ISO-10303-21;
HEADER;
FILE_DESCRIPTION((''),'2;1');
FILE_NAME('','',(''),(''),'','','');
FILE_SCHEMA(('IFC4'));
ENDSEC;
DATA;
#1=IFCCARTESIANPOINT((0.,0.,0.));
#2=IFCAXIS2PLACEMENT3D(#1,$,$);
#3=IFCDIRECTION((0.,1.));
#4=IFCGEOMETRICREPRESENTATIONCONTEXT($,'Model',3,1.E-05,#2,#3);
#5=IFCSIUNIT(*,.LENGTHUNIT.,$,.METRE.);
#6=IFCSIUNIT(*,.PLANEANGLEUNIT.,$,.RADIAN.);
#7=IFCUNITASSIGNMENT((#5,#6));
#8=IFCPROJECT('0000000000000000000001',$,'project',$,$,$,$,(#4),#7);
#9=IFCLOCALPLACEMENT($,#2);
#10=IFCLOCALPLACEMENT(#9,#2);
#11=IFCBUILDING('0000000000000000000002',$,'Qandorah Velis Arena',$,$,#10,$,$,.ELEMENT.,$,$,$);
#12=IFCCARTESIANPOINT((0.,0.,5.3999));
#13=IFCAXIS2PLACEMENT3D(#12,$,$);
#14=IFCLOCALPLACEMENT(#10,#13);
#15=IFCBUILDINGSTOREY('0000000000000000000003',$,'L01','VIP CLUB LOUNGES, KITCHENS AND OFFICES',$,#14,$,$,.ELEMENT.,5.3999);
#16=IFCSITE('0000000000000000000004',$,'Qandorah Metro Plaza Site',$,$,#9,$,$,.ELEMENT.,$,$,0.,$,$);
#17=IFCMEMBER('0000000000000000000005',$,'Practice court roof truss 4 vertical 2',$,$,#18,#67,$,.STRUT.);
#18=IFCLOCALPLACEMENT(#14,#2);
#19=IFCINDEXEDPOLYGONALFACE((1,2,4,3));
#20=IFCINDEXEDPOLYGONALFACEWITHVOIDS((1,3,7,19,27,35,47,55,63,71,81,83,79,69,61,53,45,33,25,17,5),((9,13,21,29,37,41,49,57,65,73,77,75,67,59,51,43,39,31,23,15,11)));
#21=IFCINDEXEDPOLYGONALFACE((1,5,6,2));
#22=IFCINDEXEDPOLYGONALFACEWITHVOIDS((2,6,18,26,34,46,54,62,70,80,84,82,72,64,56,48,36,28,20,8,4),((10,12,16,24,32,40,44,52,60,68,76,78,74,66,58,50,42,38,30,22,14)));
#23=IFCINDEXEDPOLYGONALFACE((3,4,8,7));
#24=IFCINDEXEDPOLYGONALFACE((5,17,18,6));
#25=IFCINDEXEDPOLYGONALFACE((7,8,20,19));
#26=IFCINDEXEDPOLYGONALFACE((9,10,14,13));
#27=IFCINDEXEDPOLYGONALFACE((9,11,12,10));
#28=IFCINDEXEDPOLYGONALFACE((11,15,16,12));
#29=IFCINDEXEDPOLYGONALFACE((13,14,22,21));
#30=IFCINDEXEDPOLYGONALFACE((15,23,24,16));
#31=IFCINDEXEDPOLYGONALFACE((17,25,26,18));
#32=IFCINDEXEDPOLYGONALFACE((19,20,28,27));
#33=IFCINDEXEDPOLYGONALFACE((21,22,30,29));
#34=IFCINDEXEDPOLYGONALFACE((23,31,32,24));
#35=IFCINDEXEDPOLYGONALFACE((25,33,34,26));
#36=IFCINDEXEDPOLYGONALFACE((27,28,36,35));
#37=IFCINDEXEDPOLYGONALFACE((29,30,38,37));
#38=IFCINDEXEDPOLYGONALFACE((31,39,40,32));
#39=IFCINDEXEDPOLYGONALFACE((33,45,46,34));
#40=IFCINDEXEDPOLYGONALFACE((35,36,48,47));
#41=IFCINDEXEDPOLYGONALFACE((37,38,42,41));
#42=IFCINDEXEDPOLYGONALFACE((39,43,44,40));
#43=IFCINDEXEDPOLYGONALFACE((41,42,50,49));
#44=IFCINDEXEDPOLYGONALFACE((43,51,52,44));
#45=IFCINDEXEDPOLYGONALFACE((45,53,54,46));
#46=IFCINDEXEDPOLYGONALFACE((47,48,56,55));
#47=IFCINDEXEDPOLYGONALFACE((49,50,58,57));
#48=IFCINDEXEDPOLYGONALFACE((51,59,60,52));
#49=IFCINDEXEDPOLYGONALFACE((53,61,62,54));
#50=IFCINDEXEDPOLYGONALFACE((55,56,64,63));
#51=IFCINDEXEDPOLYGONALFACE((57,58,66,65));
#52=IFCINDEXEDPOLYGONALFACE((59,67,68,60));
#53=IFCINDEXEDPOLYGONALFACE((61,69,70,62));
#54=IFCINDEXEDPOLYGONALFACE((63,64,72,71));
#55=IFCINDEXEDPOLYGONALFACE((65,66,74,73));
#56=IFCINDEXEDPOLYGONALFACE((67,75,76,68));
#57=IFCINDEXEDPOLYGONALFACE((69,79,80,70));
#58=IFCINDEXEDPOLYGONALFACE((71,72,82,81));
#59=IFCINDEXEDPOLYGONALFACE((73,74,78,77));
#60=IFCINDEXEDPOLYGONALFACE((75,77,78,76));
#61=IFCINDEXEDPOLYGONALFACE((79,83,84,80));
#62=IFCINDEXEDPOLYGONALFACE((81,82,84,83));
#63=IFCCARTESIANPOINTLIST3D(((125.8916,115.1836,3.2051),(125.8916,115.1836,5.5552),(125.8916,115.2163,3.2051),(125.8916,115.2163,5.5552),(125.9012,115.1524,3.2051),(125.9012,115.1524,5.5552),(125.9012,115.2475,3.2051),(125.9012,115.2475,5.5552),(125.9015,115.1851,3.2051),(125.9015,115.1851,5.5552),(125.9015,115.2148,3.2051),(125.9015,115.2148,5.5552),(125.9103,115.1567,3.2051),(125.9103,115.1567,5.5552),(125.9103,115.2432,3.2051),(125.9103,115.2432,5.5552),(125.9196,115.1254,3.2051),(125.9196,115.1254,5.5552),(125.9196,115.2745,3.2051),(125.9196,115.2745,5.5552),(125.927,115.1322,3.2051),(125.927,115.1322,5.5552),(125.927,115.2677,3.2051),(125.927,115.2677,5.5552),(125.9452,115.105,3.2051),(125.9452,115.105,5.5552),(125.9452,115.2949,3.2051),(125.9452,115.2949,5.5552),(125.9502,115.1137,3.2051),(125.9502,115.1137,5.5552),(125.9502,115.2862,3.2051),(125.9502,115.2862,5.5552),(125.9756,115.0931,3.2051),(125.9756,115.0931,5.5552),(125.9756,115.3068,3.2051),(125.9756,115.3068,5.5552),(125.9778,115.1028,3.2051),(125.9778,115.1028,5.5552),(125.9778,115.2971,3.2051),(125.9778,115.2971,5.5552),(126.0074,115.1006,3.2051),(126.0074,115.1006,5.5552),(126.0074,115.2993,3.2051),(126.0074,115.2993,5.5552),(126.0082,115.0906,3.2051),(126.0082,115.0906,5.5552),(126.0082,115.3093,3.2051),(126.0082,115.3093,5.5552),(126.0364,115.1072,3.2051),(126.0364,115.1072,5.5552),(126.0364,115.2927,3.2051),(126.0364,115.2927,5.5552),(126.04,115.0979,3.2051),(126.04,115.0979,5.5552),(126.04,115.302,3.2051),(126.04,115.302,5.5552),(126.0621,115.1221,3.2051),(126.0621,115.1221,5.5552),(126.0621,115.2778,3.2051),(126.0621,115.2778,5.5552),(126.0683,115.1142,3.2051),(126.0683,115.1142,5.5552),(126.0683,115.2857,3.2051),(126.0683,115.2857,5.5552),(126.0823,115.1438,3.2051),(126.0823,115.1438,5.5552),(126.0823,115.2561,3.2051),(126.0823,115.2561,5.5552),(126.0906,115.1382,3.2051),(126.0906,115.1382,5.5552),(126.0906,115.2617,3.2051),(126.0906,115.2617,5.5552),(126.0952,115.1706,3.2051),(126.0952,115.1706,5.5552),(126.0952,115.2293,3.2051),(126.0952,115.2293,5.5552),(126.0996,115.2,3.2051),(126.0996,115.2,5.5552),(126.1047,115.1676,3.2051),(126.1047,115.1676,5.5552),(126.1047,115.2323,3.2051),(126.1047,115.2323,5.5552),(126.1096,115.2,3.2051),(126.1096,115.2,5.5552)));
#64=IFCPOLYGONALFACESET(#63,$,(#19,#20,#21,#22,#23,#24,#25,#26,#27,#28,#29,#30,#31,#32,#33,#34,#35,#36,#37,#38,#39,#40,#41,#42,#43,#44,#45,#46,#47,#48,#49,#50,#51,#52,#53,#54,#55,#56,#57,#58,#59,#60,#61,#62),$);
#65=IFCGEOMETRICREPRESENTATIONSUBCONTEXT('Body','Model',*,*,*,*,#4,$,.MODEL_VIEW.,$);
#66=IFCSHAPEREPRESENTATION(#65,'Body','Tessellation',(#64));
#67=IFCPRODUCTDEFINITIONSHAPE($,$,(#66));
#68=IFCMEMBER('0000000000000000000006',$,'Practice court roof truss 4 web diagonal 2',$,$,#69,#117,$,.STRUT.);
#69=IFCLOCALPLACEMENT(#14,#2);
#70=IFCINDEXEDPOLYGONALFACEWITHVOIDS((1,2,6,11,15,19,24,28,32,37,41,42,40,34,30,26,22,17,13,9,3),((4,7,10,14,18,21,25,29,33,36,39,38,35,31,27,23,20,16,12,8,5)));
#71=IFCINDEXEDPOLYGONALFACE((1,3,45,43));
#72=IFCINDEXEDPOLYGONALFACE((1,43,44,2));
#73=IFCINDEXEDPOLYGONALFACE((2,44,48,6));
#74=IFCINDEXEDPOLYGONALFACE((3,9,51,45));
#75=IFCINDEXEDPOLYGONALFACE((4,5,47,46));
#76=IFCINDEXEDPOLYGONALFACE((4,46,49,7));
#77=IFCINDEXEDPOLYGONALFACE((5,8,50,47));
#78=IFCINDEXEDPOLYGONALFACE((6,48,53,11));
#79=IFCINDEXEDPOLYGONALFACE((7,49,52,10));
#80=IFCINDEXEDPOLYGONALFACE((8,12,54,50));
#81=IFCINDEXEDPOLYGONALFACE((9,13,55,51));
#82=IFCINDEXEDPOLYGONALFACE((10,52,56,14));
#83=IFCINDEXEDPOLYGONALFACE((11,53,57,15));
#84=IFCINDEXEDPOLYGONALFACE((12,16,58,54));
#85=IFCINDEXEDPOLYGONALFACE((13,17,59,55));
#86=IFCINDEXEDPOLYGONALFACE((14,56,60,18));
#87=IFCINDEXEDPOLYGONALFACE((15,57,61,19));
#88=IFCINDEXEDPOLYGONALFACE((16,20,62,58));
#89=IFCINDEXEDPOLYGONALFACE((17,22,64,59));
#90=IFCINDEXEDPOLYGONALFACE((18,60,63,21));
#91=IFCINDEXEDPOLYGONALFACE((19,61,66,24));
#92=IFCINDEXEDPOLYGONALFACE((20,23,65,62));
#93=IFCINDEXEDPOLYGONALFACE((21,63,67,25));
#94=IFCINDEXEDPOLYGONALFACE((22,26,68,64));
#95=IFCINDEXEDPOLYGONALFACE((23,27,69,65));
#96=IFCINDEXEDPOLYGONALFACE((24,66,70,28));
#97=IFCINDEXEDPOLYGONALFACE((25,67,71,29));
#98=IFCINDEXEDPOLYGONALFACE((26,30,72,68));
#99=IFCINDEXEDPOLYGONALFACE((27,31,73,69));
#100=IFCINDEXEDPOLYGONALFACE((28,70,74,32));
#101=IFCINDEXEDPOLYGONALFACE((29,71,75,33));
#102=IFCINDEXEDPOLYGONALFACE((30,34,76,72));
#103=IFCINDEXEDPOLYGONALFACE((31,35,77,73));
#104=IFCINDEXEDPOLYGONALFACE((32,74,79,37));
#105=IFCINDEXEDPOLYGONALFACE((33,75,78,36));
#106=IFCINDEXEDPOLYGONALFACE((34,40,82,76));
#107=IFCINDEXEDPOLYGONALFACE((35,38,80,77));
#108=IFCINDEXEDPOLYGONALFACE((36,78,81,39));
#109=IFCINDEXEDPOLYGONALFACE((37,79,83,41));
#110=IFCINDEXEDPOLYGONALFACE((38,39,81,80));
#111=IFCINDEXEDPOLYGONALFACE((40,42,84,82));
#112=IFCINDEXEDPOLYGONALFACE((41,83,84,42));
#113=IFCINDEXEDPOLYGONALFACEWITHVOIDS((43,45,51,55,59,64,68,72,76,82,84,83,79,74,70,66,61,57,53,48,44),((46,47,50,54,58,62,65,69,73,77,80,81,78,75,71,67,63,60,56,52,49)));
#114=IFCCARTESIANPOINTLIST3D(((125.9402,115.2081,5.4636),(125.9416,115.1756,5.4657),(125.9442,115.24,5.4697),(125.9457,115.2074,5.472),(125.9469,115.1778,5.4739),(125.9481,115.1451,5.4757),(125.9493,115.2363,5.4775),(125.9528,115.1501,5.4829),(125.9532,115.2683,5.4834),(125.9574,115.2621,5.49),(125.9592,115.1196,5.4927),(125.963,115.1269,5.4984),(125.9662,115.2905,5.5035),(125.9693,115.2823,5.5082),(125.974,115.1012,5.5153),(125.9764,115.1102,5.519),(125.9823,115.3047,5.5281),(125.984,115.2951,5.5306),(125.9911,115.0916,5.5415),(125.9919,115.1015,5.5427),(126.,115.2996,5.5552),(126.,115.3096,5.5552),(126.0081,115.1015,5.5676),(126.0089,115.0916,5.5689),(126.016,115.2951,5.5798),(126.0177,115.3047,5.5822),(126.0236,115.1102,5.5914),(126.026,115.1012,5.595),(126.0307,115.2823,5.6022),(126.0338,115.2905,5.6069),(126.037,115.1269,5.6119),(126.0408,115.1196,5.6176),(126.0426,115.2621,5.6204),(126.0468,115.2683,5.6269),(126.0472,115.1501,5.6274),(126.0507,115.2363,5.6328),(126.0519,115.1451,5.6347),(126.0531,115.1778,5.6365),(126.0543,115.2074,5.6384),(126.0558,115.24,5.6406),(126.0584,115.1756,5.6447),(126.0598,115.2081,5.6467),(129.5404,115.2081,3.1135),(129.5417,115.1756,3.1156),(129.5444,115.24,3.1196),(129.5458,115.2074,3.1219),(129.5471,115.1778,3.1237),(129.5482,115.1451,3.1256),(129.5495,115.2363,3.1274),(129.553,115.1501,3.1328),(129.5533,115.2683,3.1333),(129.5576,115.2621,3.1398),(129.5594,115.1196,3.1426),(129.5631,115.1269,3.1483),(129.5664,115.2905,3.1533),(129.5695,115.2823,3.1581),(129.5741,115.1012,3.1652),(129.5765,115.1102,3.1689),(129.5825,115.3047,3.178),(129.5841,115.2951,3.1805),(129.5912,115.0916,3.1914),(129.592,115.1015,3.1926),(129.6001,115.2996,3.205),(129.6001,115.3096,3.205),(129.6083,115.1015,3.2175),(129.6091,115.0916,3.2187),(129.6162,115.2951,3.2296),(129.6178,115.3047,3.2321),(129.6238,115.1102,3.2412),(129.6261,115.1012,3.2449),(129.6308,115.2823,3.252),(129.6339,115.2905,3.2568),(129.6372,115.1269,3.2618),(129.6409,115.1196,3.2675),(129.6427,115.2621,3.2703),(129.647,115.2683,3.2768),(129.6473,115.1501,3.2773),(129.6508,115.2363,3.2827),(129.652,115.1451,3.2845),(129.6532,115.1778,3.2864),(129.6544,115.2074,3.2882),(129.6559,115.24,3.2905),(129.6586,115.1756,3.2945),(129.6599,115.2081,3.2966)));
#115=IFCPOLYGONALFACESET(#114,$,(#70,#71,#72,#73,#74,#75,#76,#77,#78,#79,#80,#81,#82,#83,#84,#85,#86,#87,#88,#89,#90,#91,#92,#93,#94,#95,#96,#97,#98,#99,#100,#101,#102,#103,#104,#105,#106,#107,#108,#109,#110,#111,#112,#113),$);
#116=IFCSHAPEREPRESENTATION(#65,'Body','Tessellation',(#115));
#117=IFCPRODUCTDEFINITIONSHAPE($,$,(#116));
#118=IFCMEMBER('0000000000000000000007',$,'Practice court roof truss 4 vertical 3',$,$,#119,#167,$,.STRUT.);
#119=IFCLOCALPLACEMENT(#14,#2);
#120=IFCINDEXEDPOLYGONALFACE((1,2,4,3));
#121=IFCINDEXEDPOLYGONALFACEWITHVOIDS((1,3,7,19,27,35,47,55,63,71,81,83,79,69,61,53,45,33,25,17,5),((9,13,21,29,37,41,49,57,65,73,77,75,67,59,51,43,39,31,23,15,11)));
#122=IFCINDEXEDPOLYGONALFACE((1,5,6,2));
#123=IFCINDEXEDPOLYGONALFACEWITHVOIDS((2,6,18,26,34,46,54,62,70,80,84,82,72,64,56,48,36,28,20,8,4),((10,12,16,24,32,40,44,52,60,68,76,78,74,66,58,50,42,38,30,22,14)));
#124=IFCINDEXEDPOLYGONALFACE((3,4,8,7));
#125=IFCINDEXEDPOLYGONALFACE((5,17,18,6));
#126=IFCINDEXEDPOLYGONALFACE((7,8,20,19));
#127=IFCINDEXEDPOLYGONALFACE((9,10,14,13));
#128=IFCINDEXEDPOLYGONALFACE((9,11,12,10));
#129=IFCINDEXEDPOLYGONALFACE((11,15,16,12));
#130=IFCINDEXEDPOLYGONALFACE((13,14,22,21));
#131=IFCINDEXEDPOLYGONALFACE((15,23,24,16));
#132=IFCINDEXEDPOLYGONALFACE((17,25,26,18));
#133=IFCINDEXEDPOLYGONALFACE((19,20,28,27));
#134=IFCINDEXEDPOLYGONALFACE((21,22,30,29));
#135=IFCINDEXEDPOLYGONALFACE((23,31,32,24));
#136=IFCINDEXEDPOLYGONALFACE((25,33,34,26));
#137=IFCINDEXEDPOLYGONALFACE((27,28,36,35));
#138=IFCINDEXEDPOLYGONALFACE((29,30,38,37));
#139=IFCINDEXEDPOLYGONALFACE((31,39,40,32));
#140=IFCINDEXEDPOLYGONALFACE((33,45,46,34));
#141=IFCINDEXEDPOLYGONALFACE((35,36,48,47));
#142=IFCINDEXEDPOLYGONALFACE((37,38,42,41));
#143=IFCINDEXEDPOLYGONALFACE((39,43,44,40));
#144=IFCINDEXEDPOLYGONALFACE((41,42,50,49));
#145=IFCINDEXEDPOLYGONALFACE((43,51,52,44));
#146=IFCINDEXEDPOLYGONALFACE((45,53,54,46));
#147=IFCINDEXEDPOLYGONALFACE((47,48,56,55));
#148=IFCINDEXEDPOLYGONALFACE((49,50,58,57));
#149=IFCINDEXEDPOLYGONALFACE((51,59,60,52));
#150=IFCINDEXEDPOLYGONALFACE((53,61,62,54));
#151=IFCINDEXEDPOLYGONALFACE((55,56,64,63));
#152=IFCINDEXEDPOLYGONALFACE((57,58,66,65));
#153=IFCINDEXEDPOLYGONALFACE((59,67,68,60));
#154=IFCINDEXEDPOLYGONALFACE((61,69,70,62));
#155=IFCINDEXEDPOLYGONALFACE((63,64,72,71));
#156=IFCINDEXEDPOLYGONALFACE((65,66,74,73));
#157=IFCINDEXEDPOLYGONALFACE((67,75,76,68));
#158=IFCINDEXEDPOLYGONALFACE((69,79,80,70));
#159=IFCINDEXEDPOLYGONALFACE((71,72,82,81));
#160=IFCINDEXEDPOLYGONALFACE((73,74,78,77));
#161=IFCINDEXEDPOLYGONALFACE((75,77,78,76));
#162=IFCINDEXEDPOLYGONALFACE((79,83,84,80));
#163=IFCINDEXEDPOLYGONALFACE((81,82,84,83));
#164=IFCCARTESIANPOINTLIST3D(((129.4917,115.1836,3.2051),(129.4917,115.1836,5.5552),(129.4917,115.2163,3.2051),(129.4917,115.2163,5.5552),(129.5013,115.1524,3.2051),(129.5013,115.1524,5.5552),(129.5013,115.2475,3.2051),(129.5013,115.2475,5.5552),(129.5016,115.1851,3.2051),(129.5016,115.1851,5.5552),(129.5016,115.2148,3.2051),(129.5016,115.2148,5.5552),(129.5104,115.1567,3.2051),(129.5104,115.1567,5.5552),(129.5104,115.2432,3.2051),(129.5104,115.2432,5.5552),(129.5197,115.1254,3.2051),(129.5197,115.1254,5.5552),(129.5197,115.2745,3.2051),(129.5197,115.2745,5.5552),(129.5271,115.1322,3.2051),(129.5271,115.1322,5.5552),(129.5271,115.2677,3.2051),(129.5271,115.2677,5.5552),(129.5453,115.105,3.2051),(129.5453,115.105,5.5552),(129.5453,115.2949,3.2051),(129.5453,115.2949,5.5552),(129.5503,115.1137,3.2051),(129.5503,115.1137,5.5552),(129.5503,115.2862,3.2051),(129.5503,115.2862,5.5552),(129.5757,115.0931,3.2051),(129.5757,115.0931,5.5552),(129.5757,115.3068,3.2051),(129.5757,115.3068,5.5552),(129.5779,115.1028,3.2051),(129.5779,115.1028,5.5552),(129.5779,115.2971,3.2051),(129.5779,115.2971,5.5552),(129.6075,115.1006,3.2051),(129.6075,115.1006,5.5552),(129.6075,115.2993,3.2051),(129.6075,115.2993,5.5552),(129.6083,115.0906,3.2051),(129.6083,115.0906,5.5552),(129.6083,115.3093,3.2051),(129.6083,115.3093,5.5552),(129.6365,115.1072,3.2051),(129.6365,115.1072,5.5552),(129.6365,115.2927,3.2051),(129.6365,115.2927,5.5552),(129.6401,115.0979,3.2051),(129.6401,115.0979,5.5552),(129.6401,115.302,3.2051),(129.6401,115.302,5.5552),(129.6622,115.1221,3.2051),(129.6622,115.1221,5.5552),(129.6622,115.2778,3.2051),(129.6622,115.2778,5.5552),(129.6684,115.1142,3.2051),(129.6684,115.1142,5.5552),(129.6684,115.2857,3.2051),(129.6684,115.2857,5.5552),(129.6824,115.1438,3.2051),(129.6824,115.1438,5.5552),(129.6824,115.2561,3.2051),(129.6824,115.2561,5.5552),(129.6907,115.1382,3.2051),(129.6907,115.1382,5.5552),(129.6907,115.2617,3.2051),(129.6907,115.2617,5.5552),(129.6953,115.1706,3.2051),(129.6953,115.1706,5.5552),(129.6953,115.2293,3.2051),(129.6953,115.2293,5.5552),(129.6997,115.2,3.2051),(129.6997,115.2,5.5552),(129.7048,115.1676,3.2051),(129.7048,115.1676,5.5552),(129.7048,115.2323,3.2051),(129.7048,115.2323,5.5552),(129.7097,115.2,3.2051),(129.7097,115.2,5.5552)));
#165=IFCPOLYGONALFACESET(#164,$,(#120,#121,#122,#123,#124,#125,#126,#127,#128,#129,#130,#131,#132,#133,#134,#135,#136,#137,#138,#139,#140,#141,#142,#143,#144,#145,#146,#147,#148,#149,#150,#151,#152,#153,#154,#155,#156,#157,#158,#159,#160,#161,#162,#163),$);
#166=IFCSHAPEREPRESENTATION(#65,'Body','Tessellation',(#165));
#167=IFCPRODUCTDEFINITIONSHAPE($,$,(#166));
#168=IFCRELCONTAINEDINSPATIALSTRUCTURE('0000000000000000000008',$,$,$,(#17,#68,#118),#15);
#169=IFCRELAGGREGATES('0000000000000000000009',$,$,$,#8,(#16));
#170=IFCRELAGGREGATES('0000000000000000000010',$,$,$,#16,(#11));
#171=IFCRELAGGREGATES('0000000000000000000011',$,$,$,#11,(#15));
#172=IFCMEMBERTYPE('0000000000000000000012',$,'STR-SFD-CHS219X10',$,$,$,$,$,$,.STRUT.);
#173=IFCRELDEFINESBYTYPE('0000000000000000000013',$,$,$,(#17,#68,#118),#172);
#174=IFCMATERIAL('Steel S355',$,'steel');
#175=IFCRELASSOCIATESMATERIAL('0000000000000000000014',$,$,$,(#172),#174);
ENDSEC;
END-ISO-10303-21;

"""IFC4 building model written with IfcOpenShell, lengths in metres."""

from ifc_helpers import new_model, si_unit, direction, frame, origin, origin_2d, place, context, subcontext, project, spatial, hollow_circle, extrude, material, material_profile, profile_set, type_object, element, save


model = new_model("IFC4")

# Units and contexts
model_context = context("Model", 3, precision=1e-05, world=origin(), true_north=direction((0.0, 1.0)))
body_context = subcontext(model_context, "Body", "Model", "MODEL_VIEW")
ifc_project = project(units=[si_unit("LENGTHUNIT", "METRE"), si_unit("PLANEANGLEUNIT", "RADIAN")], contexts=[model_context])

# Site, building, storey
site_placement = place(None, origin())
site = spatial("IfcSite", under=ifc_project, at=site_placement, Name="Qandorah Metro Plaza Site", CompositionType="ELEMENT", RefElevation=0.0)
building_placement = place(site_placement, origin())
building = spatial("IfcBuilding", under=site, at=building_placement, Name="Qandorah Velis Arena", CompositionType="ELEMENT")
storey_placement = place(building_placement, frame((0.0, 0.0, 5.3999)))
storey = spatial("IfcBuildingStorey", under=building, at=storey_placement, Name="L01", Description="VIP CLUB LOUNGES, KITCHENS AND OFFICES", CompositionType="ELEMENT", Elevation=5.3999)

# Shared definitions
ifc_material_1 = material(Name="Steel S355", Category="steel")

# Members
ifc_material_profile_1 = material_profile(ifc_material_1, hollow_circle(Radius=0.1096, WallThickness=0.01, at=origin_2d()), Name="CHS 219.1x10")
ifc_profile_set_1 = profile_set([ifc_material_profile_1], Name="Steel S355")
member_type = type_object("IfcMemberType", Name="STR-SFD-CHS219X10", PredefinedType="STRUT", material=ifc_profile_set_1)
member_1_placement = place(storey_placement, frame((126.0, 115.2, 3.2051), z_axis=(0.0, 0.0, 1.0), x_axis=(1.0, 0.0, 0.0)))
element("IfcMember", 1, at=member_1_placement, inside=storey, type_object=member_type, Name="Practice court roof truss 4 vertical 2", PredefinedType="STRUT", context=body_context, shape_type="SweptSolid", body=[
    extrude(hollow_circle(Radius=0.1096, WallThickness=0.01, at=origin_2d()), origin(), (0.0, 0.0, 1.0), 2.3501),
])
member_2_placement = place(storey_placement, frame((126.0, 115.2, 5.5552), z_axis=(0.837376, 0.0, -0.546628), x_axis=(0.0, 1.0, 0.0)))
element("IfcMember", 2, at=member_2_placement, inside=storey, type_object=member_type, Name="Practice court roof truss 4 web diagonal 2", PredefinedType="STRUT", context=body_context, shape_type="SweptSolid", body=[
    extrude(hollow_circle(Radius=0.1096, WallThickness=0.01, at=origin_2d()), origin(), (0.0, 0.0, 1.0), 4.2993),
])
member_3_placement = place(storey_placement, frame((129.6001, 115.2, 3.2051), z_axis=(0.0, 0.0, 1.0), x_axis=(1.0, 0.0, 0.0)))
element("IfcMember", 3, at=member_3_placement, inside=storey, type_object=member_type, Name="Practice court roof truss 4 vertical 3", PredefinedType="STRUT", context=body_context, shape_type="SweptSolid", body=[
    extrude(hollow_circle(Radius=0.1096, WallThickness=0.01, at=origin_2d()), origin(), (0.0, 0.0, 1.0), 2.3501),
])

save(model, "model.ifc")
